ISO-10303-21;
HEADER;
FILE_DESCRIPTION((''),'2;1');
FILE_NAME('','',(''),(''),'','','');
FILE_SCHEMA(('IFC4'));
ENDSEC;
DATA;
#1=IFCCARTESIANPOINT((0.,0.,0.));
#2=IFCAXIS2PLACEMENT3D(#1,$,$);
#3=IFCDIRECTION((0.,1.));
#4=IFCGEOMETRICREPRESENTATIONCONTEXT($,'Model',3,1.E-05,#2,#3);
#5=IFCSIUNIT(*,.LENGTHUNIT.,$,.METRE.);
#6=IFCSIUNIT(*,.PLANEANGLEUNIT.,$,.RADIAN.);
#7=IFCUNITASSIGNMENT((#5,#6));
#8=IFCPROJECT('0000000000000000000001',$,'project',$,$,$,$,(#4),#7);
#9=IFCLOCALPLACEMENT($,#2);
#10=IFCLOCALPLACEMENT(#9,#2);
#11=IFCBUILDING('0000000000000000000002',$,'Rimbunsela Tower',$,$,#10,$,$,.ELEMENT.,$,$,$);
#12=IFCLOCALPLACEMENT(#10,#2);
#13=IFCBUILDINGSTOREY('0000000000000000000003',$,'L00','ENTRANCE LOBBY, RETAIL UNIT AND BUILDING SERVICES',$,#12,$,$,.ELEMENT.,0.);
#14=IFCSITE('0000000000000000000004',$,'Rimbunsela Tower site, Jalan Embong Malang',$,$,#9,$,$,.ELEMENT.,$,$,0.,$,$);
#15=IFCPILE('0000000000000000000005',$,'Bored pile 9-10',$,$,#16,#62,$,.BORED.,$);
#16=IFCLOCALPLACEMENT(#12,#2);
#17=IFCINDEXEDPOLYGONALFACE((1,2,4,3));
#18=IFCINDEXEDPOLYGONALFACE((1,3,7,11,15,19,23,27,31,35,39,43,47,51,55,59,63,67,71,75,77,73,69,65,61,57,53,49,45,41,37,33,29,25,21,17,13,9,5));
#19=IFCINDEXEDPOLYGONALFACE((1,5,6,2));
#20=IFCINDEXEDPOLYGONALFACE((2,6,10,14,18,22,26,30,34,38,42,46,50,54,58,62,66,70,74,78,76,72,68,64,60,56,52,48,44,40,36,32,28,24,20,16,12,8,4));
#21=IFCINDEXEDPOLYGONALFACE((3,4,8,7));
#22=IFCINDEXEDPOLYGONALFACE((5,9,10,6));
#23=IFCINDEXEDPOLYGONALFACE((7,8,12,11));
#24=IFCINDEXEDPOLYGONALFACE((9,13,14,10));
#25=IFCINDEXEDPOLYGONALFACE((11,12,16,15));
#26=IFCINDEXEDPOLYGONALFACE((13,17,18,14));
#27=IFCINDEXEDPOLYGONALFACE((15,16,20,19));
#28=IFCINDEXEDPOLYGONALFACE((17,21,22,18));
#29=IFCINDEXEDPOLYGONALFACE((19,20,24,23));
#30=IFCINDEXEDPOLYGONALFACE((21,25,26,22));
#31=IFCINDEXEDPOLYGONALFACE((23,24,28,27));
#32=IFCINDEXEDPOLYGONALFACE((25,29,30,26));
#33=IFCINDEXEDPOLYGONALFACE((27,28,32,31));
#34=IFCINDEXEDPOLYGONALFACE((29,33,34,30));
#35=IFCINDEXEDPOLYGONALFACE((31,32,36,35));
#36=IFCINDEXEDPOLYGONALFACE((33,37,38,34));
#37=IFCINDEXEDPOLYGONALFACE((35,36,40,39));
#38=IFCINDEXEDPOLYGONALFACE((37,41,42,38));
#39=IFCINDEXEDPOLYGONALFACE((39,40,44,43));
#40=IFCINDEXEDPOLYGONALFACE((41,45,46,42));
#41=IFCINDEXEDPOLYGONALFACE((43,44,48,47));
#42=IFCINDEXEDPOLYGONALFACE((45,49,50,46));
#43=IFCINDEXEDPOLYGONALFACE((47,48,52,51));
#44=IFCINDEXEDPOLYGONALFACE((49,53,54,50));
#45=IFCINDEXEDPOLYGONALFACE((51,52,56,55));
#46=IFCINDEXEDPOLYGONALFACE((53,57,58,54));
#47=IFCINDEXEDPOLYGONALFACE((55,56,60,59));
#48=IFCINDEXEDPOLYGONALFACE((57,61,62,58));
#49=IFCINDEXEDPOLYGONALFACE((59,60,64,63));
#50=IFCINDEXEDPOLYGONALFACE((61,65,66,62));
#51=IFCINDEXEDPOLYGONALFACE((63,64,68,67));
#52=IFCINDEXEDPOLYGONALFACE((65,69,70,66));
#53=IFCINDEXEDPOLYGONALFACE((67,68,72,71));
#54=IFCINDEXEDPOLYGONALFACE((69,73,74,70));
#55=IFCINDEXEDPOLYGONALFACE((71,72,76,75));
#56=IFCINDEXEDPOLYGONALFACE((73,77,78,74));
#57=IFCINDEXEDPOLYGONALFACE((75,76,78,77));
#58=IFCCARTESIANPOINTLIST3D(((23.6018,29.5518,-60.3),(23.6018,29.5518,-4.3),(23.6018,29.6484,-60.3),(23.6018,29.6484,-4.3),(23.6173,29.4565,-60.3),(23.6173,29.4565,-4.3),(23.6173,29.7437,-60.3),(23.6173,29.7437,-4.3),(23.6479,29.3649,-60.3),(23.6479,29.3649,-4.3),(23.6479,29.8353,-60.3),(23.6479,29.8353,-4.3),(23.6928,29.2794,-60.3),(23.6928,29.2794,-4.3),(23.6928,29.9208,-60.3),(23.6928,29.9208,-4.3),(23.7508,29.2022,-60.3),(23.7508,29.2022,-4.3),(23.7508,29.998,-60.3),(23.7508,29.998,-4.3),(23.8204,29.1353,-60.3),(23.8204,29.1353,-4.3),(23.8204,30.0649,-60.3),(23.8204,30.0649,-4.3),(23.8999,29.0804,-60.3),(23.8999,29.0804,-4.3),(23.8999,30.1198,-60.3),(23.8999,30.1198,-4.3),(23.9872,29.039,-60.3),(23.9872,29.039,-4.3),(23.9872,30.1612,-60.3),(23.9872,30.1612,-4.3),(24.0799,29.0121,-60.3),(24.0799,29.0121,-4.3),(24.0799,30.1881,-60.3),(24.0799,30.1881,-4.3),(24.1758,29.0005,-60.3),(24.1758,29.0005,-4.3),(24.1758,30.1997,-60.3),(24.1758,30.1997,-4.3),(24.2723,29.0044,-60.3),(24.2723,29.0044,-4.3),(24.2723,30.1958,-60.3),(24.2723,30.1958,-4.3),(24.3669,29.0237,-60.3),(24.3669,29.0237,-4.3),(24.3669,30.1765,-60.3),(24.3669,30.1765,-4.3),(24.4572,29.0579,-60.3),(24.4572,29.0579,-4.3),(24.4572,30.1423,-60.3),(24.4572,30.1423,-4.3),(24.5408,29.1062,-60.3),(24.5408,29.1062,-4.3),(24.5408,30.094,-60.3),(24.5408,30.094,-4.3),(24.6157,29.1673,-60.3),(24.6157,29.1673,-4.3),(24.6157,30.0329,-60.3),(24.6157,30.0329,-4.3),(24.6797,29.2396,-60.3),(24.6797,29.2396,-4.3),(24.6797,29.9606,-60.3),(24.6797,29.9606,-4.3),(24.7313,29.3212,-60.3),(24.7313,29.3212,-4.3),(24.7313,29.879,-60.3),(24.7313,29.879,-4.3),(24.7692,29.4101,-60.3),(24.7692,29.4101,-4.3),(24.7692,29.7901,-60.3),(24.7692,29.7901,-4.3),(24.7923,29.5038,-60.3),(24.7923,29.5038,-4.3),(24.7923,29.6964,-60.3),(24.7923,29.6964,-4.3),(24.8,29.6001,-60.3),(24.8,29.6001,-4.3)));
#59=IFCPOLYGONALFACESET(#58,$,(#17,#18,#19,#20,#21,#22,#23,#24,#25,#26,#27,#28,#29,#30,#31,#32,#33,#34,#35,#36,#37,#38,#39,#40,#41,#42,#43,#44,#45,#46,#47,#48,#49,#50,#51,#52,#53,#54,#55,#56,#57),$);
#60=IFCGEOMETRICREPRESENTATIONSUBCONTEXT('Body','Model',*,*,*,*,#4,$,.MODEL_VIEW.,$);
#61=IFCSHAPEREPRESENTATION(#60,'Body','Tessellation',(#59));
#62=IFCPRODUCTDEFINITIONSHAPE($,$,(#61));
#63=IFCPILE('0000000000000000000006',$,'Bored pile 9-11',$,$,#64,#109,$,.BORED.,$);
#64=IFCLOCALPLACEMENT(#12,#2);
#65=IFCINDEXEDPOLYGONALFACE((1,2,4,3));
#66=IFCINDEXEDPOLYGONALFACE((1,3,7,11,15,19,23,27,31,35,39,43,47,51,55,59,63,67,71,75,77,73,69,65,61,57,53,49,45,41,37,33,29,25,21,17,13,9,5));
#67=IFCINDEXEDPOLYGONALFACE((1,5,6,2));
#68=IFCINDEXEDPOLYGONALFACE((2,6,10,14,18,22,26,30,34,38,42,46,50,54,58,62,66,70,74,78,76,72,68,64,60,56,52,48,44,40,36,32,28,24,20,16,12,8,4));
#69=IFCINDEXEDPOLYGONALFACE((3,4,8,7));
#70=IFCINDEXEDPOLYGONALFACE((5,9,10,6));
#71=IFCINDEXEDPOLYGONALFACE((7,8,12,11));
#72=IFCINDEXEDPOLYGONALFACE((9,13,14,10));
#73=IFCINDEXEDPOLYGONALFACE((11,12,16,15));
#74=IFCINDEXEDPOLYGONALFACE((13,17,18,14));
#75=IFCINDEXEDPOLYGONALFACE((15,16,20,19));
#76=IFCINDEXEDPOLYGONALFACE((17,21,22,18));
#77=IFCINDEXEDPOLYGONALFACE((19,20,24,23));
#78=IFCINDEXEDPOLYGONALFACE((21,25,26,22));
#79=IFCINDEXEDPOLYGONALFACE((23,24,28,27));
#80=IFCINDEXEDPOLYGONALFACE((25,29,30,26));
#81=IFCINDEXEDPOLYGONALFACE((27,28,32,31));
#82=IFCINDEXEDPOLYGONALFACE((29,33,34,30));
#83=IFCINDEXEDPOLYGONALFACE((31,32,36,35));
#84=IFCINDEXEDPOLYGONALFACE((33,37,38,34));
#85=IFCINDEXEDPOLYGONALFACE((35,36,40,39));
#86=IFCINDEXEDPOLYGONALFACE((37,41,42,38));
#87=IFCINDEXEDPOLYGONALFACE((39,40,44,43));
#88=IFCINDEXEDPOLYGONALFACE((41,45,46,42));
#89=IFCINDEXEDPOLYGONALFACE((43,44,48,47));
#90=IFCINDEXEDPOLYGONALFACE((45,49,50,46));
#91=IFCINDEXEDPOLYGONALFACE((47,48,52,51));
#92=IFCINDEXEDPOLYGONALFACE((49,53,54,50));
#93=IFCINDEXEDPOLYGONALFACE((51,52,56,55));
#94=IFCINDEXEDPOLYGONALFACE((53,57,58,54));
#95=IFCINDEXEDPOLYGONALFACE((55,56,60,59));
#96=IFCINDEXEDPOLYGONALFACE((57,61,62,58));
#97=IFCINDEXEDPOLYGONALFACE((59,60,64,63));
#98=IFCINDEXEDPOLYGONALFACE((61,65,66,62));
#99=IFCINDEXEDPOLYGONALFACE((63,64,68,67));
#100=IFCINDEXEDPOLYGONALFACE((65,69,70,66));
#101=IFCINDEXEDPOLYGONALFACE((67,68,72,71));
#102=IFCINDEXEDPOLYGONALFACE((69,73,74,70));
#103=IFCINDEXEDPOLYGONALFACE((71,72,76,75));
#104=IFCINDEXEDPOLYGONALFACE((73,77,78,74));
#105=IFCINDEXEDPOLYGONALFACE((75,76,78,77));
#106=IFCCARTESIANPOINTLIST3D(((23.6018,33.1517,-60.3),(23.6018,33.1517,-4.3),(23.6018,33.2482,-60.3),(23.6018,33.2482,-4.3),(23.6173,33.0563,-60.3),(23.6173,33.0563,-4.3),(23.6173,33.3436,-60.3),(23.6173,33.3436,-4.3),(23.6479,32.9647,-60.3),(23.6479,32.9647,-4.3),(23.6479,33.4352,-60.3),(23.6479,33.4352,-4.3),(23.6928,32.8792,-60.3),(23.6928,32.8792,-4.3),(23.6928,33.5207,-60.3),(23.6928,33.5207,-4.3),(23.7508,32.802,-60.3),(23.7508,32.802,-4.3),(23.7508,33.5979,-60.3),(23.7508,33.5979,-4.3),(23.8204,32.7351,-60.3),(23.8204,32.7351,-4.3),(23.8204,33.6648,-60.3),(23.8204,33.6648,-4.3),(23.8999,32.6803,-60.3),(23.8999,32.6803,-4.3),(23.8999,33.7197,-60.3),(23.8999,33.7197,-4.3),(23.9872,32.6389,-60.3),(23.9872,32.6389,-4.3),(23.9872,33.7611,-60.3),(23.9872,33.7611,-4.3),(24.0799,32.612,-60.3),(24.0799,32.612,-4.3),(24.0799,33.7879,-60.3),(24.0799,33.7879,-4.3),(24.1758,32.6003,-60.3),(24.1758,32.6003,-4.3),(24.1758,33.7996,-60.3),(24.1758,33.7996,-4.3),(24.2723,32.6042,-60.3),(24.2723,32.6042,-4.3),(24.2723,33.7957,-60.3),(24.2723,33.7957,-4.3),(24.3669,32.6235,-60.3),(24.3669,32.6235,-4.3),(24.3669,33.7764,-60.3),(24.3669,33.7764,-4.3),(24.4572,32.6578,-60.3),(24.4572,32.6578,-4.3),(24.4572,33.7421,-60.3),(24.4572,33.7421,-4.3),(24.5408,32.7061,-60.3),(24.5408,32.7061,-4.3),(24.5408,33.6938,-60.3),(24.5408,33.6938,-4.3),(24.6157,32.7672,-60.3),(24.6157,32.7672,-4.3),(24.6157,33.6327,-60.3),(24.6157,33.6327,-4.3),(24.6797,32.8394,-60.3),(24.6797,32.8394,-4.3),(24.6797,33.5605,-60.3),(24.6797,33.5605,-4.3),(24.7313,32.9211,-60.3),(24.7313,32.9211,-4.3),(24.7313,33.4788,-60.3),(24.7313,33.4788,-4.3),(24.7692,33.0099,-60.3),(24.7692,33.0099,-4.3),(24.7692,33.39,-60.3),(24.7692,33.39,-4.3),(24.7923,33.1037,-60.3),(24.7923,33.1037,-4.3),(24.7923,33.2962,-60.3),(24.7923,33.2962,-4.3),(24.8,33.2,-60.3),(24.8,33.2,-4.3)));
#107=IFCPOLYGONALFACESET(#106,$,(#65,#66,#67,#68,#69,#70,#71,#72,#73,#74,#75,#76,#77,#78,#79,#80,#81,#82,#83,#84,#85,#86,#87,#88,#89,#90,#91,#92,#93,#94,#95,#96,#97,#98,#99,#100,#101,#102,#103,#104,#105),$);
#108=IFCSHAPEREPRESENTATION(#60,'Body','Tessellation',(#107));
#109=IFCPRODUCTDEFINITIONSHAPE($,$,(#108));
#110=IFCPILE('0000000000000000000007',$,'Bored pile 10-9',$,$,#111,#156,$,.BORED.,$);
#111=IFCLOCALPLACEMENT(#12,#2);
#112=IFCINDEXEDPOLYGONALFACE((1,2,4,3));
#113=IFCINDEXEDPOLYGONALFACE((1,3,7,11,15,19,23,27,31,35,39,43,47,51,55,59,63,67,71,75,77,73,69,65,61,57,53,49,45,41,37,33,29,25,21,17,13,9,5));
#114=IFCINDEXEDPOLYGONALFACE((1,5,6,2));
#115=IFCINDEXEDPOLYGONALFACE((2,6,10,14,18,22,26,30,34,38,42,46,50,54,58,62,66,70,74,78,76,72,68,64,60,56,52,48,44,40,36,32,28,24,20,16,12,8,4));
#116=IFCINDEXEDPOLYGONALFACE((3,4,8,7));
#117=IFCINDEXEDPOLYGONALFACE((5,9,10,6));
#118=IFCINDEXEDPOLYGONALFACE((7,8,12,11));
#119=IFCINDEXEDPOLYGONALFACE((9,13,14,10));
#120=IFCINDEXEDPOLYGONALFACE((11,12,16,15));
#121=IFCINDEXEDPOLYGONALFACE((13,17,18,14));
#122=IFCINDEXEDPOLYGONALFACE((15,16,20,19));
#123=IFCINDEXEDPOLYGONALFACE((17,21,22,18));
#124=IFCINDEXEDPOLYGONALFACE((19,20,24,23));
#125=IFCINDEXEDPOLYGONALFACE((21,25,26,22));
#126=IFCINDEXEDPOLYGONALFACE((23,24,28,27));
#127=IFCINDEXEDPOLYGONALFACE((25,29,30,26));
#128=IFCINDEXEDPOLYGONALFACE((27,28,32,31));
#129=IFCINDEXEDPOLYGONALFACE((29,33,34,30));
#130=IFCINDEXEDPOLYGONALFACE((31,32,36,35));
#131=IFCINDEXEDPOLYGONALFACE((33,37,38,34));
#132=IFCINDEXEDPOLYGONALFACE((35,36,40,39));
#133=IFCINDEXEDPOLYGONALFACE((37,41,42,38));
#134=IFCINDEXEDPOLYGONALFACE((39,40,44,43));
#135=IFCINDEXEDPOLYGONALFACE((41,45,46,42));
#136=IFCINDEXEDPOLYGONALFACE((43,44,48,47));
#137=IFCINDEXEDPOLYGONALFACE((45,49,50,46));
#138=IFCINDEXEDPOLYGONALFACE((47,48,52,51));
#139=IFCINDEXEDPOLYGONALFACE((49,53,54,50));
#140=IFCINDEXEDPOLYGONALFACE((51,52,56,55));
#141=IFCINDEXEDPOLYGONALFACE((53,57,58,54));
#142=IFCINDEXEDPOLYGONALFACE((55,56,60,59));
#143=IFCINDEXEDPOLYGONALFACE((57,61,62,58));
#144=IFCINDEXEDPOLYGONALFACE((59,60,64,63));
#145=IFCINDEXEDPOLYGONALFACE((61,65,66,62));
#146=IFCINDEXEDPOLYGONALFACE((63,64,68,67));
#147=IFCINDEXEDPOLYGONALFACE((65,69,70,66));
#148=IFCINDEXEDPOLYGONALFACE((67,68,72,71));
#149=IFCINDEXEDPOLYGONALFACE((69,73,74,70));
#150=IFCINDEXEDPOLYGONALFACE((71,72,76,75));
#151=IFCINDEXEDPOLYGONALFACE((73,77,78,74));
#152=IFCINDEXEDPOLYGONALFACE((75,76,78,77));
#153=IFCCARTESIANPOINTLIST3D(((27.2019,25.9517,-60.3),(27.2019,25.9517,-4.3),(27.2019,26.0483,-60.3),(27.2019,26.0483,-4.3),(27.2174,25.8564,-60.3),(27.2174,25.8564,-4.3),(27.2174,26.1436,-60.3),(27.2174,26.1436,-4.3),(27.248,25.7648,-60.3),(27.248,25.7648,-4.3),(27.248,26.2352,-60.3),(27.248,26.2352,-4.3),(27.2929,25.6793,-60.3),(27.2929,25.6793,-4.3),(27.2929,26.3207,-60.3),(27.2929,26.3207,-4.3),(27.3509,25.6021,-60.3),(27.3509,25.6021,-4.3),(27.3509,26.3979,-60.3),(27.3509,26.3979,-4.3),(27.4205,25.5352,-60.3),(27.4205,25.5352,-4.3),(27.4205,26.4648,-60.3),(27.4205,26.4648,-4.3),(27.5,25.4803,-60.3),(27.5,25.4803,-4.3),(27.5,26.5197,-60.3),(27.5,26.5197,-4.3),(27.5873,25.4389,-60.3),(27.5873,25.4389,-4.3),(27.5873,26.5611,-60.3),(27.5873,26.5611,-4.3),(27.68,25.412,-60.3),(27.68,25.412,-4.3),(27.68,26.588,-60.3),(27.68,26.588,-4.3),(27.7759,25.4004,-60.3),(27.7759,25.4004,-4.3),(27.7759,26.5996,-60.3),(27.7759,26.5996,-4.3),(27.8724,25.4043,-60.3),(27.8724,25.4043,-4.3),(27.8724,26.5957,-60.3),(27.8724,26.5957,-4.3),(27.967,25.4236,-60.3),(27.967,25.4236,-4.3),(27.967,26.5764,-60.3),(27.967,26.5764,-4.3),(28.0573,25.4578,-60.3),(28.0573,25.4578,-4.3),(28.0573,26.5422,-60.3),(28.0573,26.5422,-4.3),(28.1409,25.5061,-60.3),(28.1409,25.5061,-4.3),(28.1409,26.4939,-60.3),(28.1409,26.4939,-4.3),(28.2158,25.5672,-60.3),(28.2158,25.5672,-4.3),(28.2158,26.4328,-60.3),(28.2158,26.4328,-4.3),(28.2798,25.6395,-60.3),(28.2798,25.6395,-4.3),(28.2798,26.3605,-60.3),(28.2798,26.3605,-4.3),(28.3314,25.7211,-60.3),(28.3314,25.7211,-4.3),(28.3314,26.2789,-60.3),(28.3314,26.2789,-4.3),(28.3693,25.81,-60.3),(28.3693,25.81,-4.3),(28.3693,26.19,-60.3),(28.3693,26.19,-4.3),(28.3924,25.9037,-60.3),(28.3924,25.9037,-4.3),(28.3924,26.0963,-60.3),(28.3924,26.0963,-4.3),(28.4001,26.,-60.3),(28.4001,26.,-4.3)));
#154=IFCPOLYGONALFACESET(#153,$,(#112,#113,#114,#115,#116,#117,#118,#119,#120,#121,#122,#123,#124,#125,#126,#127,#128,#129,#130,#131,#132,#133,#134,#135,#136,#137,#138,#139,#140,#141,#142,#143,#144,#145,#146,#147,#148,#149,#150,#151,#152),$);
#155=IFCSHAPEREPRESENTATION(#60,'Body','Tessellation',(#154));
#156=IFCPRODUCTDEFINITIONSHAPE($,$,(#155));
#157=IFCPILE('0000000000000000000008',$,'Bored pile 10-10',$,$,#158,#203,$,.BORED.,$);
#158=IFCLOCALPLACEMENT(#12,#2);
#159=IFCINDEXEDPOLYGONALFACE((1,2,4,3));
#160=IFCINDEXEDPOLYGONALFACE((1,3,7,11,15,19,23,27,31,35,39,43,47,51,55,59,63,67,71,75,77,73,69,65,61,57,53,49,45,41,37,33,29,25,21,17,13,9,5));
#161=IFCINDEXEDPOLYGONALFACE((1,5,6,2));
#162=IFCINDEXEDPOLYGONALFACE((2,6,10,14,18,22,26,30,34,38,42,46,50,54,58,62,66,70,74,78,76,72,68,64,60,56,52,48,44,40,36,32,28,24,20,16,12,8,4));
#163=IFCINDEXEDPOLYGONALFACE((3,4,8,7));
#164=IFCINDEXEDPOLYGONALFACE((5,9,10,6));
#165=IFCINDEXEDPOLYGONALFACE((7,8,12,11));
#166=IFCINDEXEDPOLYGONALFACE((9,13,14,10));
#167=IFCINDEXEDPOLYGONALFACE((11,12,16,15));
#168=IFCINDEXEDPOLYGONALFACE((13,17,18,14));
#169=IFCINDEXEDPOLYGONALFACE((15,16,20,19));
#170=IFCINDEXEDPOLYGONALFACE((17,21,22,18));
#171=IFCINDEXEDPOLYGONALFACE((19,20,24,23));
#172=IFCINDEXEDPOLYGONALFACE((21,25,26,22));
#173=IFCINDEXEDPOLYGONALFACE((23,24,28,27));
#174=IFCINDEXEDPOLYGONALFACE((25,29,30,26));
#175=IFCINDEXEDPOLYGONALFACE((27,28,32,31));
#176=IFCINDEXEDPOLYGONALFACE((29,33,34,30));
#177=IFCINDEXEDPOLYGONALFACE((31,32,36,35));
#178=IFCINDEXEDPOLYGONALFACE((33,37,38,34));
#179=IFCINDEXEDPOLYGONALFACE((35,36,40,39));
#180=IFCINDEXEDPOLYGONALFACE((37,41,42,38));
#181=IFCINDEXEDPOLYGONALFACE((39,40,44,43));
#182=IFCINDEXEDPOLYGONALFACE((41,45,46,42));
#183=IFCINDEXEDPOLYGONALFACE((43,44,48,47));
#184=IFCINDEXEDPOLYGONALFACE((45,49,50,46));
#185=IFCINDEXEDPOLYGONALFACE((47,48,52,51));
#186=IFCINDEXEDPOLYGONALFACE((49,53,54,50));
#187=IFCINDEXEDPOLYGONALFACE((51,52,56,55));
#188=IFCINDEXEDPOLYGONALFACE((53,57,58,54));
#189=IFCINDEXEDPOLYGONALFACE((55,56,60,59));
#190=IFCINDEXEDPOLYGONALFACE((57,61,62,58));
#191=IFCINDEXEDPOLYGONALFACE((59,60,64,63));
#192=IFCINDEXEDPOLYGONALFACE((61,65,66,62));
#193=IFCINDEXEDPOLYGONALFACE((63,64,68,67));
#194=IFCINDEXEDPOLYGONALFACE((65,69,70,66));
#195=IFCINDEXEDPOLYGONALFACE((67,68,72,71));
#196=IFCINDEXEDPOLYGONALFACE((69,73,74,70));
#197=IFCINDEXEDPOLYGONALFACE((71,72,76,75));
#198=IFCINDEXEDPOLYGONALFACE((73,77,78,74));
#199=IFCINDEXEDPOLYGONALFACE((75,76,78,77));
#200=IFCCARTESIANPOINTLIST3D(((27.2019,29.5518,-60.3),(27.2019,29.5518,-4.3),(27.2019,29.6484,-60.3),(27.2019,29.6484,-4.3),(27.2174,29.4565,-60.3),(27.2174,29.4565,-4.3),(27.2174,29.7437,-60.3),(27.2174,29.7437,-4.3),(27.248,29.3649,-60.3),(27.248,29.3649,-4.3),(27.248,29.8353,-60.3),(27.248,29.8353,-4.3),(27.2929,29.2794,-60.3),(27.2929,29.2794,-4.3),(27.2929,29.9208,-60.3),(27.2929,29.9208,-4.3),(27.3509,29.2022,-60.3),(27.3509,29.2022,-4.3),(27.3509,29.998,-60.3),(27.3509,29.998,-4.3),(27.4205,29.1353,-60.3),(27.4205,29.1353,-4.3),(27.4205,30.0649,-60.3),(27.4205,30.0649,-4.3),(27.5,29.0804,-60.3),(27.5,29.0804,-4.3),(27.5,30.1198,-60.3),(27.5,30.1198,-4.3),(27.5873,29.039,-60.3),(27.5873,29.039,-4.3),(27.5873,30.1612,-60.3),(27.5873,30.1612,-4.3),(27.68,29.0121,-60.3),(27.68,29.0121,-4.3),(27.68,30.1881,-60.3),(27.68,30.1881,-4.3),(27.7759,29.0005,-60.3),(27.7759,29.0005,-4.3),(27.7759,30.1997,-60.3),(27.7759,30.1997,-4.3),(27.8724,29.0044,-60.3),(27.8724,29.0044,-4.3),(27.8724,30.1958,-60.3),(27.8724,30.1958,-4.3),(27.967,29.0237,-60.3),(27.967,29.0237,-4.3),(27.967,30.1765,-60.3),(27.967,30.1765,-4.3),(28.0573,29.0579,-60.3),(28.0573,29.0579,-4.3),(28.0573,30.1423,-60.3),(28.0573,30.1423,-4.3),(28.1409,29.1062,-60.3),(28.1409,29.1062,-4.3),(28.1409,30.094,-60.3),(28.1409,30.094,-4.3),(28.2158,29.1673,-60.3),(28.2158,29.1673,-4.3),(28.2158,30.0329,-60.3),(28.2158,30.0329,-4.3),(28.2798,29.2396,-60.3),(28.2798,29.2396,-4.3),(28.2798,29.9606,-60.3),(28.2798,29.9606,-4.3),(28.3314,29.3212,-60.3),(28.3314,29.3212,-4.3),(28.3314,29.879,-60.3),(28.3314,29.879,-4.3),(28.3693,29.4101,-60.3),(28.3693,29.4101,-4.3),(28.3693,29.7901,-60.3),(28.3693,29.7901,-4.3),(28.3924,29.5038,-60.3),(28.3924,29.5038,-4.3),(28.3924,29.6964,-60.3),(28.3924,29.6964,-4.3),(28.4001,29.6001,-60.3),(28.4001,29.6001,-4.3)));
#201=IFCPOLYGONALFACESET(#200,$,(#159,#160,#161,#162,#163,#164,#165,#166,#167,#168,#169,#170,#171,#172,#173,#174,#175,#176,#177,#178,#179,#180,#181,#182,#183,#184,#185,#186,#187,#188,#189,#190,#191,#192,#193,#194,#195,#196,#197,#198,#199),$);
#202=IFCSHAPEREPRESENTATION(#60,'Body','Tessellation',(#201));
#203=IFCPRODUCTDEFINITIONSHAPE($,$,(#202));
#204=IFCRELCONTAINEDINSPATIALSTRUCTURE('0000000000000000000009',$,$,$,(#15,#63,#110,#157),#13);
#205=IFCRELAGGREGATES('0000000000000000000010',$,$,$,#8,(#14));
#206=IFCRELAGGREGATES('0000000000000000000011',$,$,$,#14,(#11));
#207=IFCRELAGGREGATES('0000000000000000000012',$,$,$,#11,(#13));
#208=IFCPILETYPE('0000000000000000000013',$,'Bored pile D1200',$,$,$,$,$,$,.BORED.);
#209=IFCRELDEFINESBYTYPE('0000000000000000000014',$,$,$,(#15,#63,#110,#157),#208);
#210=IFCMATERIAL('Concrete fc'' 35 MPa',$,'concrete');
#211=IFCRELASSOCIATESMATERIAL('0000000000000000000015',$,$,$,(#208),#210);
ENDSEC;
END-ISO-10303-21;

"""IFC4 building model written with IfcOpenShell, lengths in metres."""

from ifc_helpers import new_model, si_unit, direction, frame, origin, origin_2d, place, context, subcontext, project, spatial, circle, extrude, material, material_profile, profile_set, type_object, element, save


model = new_model("IFC4")

# Units and contexts
model_context = context("Model", 3, precision=1e-05, world=origin(), true_north=direction((0.0, 1.0)))
body_context = subcontext(model_context, "Body", "Model", "MODEL_VIEW")
ifc_project = project(units=[si_unit("LENGTHUNIT", "METRE"), si_unit("PLANEANGLEUNIT", "RADIAN")], contexts=[model_context])

# Site, building, storey
site_placement = place(None, origin())
site = spatial("IfcSite", under=ifc_project, at=site_placement, Name="Rimbunsela Tower site, Jalan Embong Malang", CompositionType="ELEMENT", RefElevation=0.0)
building_placement = place(site_placement, origin())
building = spatial("IfcBuilding", under=site, at=building_placement, Name="Rimbunsela Tower", CompositionType="ELEMENT")
storey_placement = place(building_placement, origin())
storey = spatial("IfcBuildingStorey", under=building, at=storey_placement, Name="L00", Description="ENTRANCE LOBBY, RETAIL UNIT AND BUILDING SERVICES", CompositionType="ELEMENT", Elevation=0.0)

# Piles
ifc_material_1 = material(Name="Concrete fc' 35 MPa", Category="concrete")
ifc_material_profile = material_profile(ifc_material_1, circle(Radius=0.6001, at=origin_2d()), Name="BP D1200")
ifc_profile_set = profile_set([ifc_material_profile], Name="Concrete fc' 35 MPa")
pile_type = type_object("IfcPileType", Name="Bored pile D1200", PredefinedType="BORED", material=ifc_profile_set)
for number, where, z_axis, x_axis, name in (
    (1, (24.2, 29.6001, -4.3), (0.0, 0.0, -1.0), (1.0, 0.0, 0.0), "Bored pile 9-10"),
    (2, (24.2, 33.2, -4.3), (0.0, 0.0, -1.0), (1.0, 0.0, 0.0), "Bored pile 9-11"),
    (3, (27.8, 26.0, -4.3), (0.0, 0.0, -1.0), (1.0, 0.0, 0.0), "Bored pile 10-9"),
    (4, (27.8, 29.6001, -4.3), (0.0, 0.0, -1.0), (1.0, 0.0, 0.0), "Bored pile 10-10"),
):
    element("IfcPile", number, at=place(storey_placement, frame(where, z_axis=z_axis, x_axis=x_axis)), inside=storey, type_object=pile_type, Name=name, PredefinedType="BORED", context=body_context, shape_type="SweptSolid", body=[
        extrude(circle(Radius=0.6001, at=origin_2d()), origin(), (0.0, 0.0, 1.0), 56.0),
    ])

save(model, "model.ifc")
